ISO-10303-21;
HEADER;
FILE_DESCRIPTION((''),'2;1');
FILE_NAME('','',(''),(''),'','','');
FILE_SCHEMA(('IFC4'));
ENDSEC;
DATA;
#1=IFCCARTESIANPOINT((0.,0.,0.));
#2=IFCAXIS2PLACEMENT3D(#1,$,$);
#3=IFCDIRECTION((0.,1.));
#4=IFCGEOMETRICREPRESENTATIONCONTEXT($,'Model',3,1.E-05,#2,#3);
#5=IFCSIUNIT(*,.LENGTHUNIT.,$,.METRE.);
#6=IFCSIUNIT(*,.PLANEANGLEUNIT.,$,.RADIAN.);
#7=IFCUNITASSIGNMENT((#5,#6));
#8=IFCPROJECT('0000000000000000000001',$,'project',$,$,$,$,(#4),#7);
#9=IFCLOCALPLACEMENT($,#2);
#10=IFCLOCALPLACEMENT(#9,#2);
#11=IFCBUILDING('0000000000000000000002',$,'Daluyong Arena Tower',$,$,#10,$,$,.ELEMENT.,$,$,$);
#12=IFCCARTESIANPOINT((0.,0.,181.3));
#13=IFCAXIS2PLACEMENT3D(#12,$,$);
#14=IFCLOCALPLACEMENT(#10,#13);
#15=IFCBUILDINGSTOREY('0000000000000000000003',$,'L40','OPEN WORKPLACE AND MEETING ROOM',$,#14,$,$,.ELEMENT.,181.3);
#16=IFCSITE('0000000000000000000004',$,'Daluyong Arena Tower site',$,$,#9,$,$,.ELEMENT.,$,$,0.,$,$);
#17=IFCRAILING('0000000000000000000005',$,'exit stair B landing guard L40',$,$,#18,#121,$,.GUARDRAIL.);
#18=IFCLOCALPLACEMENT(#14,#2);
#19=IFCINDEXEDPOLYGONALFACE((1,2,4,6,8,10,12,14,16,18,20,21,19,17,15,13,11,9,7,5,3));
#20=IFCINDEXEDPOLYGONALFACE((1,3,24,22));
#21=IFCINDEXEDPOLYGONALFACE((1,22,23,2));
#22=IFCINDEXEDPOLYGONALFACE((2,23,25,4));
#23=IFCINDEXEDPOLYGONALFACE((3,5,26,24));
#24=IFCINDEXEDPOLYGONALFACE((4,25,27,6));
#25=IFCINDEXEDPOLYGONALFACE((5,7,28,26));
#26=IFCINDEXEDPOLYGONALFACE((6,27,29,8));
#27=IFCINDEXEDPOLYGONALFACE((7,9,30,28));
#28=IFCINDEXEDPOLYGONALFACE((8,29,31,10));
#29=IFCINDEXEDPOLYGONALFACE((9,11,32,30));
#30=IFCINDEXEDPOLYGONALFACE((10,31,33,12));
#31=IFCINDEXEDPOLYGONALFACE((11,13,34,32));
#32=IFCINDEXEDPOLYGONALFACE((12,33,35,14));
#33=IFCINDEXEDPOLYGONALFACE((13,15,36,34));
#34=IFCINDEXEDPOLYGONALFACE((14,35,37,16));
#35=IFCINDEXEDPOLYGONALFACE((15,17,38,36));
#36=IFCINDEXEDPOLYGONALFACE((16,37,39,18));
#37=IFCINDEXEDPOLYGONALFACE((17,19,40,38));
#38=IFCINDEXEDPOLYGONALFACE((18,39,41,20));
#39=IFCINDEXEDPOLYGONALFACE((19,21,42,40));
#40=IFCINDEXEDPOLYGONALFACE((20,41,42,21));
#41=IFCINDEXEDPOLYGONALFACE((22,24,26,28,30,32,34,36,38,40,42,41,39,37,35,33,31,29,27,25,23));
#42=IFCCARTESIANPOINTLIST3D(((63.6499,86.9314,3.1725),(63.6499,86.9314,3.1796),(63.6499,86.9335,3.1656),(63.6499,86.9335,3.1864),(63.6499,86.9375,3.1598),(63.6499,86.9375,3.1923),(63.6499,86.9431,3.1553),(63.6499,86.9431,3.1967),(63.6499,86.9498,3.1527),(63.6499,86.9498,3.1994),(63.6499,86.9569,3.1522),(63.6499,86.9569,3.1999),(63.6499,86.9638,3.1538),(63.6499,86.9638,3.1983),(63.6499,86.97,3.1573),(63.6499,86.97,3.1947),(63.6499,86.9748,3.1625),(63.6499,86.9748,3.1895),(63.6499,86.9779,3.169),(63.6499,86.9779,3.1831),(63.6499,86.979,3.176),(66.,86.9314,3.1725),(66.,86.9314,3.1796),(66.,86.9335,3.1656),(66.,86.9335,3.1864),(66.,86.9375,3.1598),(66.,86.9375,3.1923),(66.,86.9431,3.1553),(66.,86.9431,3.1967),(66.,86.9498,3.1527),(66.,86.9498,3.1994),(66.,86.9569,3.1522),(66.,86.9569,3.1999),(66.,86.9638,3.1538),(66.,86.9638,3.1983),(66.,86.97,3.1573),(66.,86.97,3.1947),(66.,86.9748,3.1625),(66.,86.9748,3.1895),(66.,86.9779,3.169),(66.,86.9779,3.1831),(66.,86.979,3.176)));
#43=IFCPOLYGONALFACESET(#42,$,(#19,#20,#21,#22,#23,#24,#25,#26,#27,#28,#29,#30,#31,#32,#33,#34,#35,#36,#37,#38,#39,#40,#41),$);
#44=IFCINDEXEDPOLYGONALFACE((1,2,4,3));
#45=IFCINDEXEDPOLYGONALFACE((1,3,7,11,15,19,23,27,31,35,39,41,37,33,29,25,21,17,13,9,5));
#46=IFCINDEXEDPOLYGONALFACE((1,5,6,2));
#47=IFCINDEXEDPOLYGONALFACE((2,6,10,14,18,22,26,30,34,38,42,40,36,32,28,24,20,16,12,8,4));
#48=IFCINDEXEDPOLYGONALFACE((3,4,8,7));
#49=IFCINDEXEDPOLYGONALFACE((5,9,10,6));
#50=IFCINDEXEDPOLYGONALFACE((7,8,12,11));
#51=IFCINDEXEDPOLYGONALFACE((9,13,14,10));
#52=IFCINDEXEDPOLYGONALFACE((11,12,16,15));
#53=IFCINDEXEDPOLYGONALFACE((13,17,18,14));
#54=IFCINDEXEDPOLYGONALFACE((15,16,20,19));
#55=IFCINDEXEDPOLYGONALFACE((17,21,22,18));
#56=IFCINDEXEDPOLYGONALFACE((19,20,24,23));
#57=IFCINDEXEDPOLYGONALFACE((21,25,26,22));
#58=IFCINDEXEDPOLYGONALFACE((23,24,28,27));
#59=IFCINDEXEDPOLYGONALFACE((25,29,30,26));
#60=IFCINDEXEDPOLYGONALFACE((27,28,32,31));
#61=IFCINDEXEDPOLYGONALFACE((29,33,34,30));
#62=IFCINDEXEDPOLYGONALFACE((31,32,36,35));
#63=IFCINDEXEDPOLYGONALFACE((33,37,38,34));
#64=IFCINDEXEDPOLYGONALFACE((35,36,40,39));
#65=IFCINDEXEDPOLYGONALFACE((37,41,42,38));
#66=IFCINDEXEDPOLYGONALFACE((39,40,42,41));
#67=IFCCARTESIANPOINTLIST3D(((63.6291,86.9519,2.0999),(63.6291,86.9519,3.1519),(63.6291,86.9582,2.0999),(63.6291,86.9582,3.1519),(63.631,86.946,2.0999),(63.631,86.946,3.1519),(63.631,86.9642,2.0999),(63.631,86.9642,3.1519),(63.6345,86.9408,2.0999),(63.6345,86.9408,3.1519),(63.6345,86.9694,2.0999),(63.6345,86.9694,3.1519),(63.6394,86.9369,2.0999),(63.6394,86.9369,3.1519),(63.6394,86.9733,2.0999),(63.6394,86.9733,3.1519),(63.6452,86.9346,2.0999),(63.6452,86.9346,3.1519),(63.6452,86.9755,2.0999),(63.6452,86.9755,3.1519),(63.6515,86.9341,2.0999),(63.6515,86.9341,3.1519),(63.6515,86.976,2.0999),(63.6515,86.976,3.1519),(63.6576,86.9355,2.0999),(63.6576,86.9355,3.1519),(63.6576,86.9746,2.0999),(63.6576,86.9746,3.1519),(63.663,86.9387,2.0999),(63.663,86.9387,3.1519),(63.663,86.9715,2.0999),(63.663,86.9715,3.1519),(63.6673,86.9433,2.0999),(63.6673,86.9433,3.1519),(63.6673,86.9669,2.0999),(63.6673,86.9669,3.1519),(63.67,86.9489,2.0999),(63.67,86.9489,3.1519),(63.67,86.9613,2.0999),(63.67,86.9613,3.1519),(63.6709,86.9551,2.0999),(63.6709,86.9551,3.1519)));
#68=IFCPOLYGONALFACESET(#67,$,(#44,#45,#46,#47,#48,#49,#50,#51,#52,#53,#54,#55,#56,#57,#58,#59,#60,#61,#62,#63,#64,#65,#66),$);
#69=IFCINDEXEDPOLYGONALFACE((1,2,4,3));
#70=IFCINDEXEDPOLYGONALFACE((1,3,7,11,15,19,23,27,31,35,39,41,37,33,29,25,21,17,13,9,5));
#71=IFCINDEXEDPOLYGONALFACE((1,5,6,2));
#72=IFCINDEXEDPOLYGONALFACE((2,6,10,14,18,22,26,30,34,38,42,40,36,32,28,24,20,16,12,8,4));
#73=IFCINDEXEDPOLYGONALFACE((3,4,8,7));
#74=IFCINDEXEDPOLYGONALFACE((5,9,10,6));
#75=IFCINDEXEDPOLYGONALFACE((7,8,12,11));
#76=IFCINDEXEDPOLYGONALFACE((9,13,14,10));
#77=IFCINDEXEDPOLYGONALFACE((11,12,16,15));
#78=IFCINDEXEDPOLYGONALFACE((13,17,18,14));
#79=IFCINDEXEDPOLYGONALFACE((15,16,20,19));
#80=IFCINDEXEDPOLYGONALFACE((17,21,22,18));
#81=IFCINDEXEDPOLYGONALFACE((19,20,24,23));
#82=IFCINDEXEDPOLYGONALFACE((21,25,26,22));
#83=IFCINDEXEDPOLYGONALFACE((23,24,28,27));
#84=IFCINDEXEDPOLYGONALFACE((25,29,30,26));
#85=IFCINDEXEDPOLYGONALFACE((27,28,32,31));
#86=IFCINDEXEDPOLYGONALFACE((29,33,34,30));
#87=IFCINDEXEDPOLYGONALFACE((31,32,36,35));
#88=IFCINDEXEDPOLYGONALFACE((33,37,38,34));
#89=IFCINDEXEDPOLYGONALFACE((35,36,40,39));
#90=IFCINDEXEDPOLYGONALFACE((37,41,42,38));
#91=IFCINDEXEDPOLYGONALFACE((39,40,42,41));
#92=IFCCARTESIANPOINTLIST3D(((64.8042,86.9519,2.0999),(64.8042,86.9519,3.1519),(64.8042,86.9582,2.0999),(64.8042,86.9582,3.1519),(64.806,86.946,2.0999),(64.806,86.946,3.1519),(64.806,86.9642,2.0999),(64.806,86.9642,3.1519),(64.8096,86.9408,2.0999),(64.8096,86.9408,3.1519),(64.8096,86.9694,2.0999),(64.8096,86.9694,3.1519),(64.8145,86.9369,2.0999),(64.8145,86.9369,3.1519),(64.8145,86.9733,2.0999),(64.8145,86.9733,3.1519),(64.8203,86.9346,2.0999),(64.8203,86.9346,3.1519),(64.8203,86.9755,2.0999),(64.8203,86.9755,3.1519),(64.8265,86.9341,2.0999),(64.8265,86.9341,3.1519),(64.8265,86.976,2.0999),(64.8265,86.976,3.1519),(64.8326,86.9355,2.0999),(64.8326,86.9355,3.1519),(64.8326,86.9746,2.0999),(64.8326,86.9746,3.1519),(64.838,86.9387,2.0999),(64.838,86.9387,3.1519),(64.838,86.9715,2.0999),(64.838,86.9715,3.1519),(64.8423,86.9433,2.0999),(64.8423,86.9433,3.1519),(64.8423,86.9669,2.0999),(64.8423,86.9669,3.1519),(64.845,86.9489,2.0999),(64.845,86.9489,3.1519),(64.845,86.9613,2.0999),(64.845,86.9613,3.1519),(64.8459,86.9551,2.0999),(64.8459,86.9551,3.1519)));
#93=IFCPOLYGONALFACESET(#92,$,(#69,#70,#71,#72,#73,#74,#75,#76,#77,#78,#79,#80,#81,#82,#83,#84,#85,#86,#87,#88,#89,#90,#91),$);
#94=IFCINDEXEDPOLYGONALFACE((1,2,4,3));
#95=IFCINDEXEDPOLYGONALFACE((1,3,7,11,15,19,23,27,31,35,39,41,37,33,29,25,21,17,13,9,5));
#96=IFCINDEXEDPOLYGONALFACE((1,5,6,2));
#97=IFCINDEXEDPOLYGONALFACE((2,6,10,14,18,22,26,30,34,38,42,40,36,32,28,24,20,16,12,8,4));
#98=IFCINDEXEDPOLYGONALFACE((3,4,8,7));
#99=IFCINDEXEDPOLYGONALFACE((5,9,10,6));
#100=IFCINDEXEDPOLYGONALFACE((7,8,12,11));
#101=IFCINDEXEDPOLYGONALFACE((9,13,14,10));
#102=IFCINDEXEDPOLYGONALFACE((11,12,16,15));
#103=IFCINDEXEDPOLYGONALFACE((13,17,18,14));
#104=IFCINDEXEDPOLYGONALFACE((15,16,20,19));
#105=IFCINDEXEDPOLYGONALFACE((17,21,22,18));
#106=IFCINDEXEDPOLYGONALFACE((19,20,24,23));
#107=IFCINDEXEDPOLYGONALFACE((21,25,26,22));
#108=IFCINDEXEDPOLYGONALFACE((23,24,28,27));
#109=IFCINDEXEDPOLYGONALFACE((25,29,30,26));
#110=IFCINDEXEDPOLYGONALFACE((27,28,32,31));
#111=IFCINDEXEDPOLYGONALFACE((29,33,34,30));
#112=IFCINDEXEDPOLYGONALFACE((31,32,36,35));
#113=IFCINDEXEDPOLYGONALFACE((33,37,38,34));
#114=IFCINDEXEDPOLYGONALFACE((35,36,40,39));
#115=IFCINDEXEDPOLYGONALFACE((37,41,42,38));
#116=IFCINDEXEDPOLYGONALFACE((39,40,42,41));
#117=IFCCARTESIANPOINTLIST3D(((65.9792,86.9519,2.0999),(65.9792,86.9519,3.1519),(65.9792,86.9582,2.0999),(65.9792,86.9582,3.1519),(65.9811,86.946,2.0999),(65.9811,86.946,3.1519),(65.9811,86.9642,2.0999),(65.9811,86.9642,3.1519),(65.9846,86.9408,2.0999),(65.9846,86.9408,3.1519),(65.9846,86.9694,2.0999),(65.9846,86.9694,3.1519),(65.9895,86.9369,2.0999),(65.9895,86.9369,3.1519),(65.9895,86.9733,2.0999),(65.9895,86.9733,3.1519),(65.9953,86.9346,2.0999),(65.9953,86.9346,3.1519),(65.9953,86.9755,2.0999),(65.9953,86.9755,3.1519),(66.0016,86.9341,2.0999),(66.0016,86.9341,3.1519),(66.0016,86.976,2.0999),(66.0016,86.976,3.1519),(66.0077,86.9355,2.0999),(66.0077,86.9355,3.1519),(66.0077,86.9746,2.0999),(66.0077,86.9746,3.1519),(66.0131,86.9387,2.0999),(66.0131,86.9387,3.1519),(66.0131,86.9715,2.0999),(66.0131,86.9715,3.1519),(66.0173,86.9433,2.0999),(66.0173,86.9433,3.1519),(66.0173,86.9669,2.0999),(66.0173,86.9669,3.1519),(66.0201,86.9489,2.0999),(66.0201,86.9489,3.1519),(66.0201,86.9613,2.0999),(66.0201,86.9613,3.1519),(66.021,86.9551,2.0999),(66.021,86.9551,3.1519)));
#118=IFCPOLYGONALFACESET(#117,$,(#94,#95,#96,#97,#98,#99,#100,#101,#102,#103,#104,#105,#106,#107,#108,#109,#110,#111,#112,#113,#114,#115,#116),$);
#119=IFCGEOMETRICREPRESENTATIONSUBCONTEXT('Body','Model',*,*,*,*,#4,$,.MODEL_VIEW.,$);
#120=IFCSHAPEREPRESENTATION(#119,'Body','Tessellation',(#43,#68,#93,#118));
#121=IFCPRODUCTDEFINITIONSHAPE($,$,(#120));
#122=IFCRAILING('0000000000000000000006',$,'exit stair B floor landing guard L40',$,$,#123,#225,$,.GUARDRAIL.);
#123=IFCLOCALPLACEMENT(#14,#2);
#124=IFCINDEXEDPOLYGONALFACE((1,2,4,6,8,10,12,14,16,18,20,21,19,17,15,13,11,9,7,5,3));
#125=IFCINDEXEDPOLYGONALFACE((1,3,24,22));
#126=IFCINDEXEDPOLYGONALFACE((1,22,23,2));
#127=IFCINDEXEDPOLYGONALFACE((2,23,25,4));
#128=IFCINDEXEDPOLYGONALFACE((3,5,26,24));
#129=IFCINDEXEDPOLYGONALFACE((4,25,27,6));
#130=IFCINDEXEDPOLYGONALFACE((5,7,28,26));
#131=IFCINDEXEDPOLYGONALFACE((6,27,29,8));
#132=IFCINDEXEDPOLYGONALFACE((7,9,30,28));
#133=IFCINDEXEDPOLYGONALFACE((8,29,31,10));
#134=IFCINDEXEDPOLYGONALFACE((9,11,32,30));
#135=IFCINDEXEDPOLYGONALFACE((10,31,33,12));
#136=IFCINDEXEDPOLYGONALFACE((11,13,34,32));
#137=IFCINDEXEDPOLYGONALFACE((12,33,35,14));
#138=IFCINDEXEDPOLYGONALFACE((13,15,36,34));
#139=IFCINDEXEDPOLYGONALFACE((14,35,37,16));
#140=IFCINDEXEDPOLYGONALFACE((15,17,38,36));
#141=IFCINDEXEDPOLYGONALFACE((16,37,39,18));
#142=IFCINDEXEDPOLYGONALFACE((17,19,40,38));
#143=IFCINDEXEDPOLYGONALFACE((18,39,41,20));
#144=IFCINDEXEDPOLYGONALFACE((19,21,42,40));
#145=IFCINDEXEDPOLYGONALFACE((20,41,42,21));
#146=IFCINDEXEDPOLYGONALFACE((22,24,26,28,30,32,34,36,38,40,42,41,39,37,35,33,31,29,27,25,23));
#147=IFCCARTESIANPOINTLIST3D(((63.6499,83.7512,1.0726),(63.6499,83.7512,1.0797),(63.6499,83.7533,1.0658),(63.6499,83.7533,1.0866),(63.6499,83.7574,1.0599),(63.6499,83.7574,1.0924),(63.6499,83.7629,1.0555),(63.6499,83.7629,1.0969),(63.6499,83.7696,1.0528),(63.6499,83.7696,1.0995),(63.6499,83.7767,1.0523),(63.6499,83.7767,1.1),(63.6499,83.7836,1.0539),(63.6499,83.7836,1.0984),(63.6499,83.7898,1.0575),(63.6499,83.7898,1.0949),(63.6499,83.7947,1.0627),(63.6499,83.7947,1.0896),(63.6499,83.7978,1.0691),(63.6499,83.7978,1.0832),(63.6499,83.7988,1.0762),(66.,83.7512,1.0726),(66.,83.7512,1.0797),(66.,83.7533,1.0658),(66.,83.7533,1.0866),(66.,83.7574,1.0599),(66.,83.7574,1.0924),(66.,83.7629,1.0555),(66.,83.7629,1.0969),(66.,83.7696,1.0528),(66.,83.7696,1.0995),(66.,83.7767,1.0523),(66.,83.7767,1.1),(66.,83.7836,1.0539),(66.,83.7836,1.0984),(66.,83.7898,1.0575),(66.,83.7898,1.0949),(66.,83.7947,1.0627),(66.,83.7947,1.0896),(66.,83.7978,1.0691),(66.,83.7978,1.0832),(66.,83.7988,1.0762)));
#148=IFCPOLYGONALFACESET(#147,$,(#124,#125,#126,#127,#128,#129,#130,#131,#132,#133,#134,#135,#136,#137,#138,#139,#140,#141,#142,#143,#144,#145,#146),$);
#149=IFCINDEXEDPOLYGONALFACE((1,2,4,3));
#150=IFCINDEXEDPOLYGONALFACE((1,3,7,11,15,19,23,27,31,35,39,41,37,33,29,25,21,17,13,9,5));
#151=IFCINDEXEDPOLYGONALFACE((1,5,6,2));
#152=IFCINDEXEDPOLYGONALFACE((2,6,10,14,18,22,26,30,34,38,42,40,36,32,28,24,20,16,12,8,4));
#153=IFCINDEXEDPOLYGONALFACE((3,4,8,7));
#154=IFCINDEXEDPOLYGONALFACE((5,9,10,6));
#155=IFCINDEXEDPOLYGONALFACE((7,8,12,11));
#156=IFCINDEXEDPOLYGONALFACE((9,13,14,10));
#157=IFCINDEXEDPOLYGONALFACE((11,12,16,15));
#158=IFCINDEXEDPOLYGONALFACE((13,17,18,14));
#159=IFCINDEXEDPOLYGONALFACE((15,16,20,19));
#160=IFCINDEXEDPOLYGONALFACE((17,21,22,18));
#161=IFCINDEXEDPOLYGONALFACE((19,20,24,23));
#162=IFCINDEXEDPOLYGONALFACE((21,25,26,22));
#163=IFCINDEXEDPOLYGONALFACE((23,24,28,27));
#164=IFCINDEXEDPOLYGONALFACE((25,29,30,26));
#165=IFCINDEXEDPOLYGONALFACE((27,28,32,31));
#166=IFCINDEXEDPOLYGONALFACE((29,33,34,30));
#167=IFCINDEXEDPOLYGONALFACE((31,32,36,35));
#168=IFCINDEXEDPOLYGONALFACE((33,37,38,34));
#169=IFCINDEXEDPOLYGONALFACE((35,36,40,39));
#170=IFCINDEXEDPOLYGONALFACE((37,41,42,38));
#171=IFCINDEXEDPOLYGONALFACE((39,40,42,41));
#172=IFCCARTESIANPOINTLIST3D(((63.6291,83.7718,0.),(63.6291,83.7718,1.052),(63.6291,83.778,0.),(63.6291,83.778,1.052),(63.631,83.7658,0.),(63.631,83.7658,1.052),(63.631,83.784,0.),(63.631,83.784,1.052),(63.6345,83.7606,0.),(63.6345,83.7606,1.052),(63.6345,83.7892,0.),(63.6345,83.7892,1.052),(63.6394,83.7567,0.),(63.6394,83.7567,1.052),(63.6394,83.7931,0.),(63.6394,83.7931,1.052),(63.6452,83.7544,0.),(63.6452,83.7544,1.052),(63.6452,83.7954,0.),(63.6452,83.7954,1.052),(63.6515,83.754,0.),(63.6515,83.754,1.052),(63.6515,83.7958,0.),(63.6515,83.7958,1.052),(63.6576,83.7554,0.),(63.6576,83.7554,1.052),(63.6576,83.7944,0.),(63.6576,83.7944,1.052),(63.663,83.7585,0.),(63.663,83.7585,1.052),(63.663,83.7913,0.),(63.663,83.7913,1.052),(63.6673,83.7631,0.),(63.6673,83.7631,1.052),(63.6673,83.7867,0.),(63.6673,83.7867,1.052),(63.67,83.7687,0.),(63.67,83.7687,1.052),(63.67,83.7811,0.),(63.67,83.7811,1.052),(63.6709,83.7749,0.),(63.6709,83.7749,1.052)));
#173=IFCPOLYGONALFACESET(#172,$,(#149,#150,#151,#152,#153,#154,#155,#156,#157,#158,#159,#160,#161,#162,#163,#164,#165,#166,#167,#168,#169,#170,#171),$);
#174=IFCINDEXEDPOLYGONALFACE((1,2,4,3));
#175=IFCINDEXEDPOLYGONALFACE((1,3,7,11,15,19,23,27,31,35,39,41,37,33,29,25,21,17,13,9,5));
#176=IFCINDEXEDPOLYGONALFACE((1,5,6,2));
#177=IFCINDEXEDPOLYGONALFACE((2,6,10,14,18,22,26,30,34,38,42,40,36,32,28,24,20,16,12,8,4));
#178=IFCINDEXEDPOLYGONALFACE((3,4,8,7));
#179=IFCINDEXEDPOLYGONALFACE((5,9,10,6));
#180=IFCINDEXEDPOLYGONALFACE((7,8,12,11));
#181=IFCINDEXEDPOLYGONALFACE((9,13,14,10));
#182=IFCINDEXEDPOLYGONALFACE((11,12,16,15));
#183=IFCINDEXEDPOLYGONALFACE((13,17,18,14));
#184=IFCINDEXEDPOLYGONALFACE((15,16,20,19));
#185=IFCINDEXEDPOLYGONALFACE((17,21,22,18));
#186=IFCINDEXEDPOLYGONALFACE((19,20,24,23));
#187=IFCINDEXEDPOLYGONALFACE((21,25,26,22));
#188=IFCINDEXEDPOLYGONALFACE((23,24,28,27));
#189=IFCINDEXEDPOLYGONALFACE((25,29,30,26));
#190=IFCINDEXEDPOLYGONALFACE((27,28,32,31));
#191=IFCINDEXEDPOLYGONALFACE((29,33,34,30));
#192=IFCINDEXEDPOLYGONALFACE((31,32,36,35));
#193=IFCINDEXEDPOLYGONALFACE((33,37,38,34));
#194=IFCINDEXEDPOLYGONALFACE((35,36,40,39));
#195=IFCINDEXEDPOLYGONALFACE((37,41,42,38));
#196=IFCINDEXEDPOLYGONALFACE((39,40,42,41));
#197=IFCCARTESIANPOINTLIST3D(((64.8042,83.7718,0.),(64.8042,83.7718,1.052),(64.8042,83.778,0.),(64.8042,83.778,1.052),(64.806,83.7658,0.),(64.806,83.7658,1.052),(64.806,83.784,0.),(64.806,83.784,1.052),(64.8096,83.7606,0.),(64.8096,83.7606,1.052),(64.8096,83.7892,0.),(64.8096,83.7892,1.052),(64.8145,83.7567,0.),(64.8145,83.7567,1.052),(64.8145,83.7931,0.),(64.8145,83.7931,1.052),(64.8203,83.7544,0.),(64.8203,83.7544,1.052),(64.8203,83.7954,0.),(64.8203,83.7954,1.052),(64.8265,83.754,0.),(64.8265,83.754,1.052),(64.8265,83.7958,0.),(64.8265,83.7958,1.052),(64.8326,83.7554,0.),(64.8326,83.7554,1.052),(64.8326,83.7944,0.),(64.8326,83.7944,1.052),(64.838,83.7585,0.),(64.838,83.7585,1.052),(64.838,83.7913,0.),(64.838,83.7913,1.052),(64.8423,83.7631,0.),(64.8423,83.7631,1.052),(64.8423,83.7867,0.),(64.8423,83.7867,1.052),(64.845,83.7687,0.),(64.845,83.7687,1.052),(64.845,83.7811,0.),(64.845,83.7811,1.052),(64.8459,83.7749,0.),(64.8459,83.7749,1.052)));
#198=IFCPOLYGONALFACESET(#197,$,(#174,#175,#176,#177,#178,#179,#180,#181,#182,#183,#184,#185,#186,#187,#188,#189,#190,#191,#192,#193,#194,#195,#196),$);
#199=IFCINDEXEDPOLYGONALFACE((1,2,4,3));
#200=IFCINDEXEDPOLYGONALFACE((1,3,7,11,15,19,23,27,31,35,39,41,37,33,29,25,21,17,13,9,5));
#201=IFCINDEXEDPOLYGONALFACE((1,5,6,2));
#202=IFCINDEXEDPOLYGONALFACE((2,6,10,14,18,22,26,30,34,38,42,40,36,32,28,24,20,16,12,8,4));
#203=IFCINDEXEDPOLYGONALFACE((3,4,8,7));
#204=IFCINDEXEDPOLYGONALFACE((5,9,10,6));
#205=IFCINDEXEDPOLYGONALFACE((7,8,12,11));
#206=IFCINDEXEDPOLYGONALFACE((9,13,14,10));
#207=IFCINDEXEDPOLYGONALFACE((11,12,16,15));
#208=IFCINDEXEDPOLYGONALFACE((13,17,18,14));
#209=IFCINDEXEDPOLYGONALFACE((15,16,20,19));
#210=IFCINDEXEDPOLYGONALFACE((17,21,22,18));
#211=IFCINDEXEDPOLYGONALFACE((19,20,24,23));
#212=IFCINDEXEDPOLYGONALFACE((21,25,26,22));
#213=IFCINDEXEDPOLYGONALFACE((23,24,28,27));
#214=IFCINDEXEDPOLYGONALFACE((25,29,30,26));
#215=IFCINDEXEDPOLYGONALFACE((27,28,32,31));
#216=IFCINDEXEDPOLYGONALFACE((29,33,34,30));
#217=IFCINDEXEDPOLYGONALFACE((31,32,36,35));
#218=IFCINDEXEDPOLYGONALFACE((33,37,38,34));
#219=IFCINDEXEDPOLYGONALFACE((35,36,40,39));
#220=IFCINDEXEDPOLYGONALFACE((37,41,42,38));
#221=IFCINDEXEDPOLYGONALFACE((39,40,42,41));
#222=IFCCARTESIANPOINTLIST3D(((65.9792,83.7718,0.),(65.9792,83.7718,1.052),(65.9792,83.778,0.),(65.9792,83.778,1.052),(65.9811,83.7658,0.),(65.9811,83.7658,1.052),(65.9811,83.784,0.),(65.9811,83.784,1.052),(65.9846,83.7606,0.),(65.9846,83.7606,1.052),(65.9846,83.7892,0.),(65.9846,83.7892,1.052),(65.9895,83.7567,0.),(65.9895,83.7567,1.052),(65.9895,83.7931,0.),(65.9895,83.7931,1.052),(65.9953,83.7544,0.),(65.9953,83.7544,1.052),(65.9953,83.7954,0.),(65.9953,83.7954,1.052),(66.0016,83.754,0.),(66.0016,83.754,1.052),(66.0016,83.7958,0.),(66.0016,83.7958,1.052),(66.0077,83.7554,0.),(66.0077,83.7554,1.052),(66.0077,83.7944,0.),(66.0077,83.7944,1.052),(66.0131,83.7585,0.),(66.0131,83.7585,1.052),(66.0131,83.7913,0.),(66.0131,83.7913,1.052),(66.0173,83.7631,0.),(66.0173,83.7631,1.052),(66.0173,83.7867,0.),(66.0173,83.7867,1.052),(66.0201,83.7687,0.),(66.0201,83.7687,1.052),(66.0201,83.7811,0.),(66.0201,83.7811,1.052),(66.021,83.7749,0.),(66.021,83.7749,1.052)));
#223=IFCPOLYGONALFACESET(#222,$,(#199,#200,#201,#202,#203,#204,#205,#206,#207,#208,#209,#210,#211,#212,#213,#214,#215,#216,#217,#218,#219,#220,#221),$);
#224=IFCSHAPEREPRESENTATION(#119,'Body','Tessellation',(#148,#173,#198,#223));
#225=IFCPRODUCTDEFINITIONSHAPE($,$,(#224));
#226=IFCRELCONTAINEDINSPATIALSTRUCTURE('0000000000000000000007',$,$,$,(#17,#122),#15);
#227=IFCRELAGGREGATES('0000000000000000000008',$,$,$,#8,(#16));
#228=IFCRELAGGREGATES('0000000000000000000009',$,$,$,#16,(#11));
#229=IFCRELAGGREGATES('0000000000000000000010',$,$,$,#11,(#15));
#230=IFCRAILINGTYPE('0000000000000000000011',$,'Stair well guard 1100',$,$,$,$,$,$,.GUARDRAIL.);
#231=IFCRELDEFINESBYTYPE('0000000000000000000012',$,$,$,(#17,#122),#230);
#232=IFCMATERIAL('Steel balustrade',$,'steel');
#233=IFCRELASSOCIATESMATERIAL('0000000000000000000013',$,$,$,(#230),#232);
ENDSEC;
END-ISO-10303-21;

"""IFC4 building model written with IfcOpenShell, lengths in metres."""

from ifc_helpers import new_model, si_unit, direction, frame, origin, origin_2d, place, context, subcontext, project, spatial, circle, extrude, material, type_object, element, save


model = new_model("IFC4")

# Units and contexts
model_context = context("Model", 3, precision=1e-05, world=origin(), true_north=direction((0.0, 1.0)))
body_context = subcontext(model_context, "Body", "Model", "MODEL_VIEW")
ifc_project = project(units=[si_unit("LENGTHUNIT", "METRE"), si_unit("PLANEANGLEUNIT", "RADIAN")], contexts=[model_context])

# Site, building, storey
site_placement = place(None, origin())
site = spatial("IfcSite", under=ifc_project, at=site_placement, Name="Daluyong Arena Tower site", CompositionType="ELEMENT", RefElevation=0.0)
building_placement = place(site_placement, origin())
building = spatial("IfcBuilding", under=site, at=building_placement, Name="Daluyong Arena Tower", CompositionType="ELEMENT")
storey_placement = place(building_placement, frame((0.0, 0.0, 181.3)))
storey = spatial("IfcBuildingStorey", under=building, at=storey_placement, Name="L40", Description="OPEN WORKPLACE AND MEETING ROOM", CompositionType="ELEMENT", Elevation=181.3)

# Railings
ifc_material_1 = material(Name="Steel balustrade", Category="steel")
railing_type_1 = type_object("IfcRailingType", Name="Stair well guard 1100", PredefinedType="GUARDRAIL", material=ifc_material_1)
for number, where, name in (
    (1, (63.6499, 86.9551, 2.0999), "exit stair B landing guard L40"),
    (2, (63.6499, 83.7749, 0.0), "exit stair B floor landing guard L40"),
):
    element("IfcRailing", number, at=place(storey_placement, frame(where)), inside=storey, type_object=railing_type_1, Name=name, PredefinedType="GUARDRAIL", context=body_context, shape_type="SweptSolid", body=[
        extrude(circle(Radius=0.0239, at=origin_2d()), frame((0.0, 0.0, 1.0762), z_axis=(1.0, 0.0, 0.0), x_axis=(0.0, 1.0, 0.0)), (0.0, 0.0, 1.0), 2.3501),
        extrude(circle(Radius=0.021, at=origin_2d()), origin(), (0.0, 0.0, 1.0), 1.052),
        extrude(circle(Radius=0.021, at=origin_2d()), frame((1.175, 0.0, 0.0)), (0.0, 0.0, 1.0), 1.052),
        extrude(circle(Radius=0.021, at=origin_2d()), frame((2.3501, 0.0, 0.0)), (0.0, 0.0, 1.0), 1.052),
    ])

save(model, "model.ifc")
